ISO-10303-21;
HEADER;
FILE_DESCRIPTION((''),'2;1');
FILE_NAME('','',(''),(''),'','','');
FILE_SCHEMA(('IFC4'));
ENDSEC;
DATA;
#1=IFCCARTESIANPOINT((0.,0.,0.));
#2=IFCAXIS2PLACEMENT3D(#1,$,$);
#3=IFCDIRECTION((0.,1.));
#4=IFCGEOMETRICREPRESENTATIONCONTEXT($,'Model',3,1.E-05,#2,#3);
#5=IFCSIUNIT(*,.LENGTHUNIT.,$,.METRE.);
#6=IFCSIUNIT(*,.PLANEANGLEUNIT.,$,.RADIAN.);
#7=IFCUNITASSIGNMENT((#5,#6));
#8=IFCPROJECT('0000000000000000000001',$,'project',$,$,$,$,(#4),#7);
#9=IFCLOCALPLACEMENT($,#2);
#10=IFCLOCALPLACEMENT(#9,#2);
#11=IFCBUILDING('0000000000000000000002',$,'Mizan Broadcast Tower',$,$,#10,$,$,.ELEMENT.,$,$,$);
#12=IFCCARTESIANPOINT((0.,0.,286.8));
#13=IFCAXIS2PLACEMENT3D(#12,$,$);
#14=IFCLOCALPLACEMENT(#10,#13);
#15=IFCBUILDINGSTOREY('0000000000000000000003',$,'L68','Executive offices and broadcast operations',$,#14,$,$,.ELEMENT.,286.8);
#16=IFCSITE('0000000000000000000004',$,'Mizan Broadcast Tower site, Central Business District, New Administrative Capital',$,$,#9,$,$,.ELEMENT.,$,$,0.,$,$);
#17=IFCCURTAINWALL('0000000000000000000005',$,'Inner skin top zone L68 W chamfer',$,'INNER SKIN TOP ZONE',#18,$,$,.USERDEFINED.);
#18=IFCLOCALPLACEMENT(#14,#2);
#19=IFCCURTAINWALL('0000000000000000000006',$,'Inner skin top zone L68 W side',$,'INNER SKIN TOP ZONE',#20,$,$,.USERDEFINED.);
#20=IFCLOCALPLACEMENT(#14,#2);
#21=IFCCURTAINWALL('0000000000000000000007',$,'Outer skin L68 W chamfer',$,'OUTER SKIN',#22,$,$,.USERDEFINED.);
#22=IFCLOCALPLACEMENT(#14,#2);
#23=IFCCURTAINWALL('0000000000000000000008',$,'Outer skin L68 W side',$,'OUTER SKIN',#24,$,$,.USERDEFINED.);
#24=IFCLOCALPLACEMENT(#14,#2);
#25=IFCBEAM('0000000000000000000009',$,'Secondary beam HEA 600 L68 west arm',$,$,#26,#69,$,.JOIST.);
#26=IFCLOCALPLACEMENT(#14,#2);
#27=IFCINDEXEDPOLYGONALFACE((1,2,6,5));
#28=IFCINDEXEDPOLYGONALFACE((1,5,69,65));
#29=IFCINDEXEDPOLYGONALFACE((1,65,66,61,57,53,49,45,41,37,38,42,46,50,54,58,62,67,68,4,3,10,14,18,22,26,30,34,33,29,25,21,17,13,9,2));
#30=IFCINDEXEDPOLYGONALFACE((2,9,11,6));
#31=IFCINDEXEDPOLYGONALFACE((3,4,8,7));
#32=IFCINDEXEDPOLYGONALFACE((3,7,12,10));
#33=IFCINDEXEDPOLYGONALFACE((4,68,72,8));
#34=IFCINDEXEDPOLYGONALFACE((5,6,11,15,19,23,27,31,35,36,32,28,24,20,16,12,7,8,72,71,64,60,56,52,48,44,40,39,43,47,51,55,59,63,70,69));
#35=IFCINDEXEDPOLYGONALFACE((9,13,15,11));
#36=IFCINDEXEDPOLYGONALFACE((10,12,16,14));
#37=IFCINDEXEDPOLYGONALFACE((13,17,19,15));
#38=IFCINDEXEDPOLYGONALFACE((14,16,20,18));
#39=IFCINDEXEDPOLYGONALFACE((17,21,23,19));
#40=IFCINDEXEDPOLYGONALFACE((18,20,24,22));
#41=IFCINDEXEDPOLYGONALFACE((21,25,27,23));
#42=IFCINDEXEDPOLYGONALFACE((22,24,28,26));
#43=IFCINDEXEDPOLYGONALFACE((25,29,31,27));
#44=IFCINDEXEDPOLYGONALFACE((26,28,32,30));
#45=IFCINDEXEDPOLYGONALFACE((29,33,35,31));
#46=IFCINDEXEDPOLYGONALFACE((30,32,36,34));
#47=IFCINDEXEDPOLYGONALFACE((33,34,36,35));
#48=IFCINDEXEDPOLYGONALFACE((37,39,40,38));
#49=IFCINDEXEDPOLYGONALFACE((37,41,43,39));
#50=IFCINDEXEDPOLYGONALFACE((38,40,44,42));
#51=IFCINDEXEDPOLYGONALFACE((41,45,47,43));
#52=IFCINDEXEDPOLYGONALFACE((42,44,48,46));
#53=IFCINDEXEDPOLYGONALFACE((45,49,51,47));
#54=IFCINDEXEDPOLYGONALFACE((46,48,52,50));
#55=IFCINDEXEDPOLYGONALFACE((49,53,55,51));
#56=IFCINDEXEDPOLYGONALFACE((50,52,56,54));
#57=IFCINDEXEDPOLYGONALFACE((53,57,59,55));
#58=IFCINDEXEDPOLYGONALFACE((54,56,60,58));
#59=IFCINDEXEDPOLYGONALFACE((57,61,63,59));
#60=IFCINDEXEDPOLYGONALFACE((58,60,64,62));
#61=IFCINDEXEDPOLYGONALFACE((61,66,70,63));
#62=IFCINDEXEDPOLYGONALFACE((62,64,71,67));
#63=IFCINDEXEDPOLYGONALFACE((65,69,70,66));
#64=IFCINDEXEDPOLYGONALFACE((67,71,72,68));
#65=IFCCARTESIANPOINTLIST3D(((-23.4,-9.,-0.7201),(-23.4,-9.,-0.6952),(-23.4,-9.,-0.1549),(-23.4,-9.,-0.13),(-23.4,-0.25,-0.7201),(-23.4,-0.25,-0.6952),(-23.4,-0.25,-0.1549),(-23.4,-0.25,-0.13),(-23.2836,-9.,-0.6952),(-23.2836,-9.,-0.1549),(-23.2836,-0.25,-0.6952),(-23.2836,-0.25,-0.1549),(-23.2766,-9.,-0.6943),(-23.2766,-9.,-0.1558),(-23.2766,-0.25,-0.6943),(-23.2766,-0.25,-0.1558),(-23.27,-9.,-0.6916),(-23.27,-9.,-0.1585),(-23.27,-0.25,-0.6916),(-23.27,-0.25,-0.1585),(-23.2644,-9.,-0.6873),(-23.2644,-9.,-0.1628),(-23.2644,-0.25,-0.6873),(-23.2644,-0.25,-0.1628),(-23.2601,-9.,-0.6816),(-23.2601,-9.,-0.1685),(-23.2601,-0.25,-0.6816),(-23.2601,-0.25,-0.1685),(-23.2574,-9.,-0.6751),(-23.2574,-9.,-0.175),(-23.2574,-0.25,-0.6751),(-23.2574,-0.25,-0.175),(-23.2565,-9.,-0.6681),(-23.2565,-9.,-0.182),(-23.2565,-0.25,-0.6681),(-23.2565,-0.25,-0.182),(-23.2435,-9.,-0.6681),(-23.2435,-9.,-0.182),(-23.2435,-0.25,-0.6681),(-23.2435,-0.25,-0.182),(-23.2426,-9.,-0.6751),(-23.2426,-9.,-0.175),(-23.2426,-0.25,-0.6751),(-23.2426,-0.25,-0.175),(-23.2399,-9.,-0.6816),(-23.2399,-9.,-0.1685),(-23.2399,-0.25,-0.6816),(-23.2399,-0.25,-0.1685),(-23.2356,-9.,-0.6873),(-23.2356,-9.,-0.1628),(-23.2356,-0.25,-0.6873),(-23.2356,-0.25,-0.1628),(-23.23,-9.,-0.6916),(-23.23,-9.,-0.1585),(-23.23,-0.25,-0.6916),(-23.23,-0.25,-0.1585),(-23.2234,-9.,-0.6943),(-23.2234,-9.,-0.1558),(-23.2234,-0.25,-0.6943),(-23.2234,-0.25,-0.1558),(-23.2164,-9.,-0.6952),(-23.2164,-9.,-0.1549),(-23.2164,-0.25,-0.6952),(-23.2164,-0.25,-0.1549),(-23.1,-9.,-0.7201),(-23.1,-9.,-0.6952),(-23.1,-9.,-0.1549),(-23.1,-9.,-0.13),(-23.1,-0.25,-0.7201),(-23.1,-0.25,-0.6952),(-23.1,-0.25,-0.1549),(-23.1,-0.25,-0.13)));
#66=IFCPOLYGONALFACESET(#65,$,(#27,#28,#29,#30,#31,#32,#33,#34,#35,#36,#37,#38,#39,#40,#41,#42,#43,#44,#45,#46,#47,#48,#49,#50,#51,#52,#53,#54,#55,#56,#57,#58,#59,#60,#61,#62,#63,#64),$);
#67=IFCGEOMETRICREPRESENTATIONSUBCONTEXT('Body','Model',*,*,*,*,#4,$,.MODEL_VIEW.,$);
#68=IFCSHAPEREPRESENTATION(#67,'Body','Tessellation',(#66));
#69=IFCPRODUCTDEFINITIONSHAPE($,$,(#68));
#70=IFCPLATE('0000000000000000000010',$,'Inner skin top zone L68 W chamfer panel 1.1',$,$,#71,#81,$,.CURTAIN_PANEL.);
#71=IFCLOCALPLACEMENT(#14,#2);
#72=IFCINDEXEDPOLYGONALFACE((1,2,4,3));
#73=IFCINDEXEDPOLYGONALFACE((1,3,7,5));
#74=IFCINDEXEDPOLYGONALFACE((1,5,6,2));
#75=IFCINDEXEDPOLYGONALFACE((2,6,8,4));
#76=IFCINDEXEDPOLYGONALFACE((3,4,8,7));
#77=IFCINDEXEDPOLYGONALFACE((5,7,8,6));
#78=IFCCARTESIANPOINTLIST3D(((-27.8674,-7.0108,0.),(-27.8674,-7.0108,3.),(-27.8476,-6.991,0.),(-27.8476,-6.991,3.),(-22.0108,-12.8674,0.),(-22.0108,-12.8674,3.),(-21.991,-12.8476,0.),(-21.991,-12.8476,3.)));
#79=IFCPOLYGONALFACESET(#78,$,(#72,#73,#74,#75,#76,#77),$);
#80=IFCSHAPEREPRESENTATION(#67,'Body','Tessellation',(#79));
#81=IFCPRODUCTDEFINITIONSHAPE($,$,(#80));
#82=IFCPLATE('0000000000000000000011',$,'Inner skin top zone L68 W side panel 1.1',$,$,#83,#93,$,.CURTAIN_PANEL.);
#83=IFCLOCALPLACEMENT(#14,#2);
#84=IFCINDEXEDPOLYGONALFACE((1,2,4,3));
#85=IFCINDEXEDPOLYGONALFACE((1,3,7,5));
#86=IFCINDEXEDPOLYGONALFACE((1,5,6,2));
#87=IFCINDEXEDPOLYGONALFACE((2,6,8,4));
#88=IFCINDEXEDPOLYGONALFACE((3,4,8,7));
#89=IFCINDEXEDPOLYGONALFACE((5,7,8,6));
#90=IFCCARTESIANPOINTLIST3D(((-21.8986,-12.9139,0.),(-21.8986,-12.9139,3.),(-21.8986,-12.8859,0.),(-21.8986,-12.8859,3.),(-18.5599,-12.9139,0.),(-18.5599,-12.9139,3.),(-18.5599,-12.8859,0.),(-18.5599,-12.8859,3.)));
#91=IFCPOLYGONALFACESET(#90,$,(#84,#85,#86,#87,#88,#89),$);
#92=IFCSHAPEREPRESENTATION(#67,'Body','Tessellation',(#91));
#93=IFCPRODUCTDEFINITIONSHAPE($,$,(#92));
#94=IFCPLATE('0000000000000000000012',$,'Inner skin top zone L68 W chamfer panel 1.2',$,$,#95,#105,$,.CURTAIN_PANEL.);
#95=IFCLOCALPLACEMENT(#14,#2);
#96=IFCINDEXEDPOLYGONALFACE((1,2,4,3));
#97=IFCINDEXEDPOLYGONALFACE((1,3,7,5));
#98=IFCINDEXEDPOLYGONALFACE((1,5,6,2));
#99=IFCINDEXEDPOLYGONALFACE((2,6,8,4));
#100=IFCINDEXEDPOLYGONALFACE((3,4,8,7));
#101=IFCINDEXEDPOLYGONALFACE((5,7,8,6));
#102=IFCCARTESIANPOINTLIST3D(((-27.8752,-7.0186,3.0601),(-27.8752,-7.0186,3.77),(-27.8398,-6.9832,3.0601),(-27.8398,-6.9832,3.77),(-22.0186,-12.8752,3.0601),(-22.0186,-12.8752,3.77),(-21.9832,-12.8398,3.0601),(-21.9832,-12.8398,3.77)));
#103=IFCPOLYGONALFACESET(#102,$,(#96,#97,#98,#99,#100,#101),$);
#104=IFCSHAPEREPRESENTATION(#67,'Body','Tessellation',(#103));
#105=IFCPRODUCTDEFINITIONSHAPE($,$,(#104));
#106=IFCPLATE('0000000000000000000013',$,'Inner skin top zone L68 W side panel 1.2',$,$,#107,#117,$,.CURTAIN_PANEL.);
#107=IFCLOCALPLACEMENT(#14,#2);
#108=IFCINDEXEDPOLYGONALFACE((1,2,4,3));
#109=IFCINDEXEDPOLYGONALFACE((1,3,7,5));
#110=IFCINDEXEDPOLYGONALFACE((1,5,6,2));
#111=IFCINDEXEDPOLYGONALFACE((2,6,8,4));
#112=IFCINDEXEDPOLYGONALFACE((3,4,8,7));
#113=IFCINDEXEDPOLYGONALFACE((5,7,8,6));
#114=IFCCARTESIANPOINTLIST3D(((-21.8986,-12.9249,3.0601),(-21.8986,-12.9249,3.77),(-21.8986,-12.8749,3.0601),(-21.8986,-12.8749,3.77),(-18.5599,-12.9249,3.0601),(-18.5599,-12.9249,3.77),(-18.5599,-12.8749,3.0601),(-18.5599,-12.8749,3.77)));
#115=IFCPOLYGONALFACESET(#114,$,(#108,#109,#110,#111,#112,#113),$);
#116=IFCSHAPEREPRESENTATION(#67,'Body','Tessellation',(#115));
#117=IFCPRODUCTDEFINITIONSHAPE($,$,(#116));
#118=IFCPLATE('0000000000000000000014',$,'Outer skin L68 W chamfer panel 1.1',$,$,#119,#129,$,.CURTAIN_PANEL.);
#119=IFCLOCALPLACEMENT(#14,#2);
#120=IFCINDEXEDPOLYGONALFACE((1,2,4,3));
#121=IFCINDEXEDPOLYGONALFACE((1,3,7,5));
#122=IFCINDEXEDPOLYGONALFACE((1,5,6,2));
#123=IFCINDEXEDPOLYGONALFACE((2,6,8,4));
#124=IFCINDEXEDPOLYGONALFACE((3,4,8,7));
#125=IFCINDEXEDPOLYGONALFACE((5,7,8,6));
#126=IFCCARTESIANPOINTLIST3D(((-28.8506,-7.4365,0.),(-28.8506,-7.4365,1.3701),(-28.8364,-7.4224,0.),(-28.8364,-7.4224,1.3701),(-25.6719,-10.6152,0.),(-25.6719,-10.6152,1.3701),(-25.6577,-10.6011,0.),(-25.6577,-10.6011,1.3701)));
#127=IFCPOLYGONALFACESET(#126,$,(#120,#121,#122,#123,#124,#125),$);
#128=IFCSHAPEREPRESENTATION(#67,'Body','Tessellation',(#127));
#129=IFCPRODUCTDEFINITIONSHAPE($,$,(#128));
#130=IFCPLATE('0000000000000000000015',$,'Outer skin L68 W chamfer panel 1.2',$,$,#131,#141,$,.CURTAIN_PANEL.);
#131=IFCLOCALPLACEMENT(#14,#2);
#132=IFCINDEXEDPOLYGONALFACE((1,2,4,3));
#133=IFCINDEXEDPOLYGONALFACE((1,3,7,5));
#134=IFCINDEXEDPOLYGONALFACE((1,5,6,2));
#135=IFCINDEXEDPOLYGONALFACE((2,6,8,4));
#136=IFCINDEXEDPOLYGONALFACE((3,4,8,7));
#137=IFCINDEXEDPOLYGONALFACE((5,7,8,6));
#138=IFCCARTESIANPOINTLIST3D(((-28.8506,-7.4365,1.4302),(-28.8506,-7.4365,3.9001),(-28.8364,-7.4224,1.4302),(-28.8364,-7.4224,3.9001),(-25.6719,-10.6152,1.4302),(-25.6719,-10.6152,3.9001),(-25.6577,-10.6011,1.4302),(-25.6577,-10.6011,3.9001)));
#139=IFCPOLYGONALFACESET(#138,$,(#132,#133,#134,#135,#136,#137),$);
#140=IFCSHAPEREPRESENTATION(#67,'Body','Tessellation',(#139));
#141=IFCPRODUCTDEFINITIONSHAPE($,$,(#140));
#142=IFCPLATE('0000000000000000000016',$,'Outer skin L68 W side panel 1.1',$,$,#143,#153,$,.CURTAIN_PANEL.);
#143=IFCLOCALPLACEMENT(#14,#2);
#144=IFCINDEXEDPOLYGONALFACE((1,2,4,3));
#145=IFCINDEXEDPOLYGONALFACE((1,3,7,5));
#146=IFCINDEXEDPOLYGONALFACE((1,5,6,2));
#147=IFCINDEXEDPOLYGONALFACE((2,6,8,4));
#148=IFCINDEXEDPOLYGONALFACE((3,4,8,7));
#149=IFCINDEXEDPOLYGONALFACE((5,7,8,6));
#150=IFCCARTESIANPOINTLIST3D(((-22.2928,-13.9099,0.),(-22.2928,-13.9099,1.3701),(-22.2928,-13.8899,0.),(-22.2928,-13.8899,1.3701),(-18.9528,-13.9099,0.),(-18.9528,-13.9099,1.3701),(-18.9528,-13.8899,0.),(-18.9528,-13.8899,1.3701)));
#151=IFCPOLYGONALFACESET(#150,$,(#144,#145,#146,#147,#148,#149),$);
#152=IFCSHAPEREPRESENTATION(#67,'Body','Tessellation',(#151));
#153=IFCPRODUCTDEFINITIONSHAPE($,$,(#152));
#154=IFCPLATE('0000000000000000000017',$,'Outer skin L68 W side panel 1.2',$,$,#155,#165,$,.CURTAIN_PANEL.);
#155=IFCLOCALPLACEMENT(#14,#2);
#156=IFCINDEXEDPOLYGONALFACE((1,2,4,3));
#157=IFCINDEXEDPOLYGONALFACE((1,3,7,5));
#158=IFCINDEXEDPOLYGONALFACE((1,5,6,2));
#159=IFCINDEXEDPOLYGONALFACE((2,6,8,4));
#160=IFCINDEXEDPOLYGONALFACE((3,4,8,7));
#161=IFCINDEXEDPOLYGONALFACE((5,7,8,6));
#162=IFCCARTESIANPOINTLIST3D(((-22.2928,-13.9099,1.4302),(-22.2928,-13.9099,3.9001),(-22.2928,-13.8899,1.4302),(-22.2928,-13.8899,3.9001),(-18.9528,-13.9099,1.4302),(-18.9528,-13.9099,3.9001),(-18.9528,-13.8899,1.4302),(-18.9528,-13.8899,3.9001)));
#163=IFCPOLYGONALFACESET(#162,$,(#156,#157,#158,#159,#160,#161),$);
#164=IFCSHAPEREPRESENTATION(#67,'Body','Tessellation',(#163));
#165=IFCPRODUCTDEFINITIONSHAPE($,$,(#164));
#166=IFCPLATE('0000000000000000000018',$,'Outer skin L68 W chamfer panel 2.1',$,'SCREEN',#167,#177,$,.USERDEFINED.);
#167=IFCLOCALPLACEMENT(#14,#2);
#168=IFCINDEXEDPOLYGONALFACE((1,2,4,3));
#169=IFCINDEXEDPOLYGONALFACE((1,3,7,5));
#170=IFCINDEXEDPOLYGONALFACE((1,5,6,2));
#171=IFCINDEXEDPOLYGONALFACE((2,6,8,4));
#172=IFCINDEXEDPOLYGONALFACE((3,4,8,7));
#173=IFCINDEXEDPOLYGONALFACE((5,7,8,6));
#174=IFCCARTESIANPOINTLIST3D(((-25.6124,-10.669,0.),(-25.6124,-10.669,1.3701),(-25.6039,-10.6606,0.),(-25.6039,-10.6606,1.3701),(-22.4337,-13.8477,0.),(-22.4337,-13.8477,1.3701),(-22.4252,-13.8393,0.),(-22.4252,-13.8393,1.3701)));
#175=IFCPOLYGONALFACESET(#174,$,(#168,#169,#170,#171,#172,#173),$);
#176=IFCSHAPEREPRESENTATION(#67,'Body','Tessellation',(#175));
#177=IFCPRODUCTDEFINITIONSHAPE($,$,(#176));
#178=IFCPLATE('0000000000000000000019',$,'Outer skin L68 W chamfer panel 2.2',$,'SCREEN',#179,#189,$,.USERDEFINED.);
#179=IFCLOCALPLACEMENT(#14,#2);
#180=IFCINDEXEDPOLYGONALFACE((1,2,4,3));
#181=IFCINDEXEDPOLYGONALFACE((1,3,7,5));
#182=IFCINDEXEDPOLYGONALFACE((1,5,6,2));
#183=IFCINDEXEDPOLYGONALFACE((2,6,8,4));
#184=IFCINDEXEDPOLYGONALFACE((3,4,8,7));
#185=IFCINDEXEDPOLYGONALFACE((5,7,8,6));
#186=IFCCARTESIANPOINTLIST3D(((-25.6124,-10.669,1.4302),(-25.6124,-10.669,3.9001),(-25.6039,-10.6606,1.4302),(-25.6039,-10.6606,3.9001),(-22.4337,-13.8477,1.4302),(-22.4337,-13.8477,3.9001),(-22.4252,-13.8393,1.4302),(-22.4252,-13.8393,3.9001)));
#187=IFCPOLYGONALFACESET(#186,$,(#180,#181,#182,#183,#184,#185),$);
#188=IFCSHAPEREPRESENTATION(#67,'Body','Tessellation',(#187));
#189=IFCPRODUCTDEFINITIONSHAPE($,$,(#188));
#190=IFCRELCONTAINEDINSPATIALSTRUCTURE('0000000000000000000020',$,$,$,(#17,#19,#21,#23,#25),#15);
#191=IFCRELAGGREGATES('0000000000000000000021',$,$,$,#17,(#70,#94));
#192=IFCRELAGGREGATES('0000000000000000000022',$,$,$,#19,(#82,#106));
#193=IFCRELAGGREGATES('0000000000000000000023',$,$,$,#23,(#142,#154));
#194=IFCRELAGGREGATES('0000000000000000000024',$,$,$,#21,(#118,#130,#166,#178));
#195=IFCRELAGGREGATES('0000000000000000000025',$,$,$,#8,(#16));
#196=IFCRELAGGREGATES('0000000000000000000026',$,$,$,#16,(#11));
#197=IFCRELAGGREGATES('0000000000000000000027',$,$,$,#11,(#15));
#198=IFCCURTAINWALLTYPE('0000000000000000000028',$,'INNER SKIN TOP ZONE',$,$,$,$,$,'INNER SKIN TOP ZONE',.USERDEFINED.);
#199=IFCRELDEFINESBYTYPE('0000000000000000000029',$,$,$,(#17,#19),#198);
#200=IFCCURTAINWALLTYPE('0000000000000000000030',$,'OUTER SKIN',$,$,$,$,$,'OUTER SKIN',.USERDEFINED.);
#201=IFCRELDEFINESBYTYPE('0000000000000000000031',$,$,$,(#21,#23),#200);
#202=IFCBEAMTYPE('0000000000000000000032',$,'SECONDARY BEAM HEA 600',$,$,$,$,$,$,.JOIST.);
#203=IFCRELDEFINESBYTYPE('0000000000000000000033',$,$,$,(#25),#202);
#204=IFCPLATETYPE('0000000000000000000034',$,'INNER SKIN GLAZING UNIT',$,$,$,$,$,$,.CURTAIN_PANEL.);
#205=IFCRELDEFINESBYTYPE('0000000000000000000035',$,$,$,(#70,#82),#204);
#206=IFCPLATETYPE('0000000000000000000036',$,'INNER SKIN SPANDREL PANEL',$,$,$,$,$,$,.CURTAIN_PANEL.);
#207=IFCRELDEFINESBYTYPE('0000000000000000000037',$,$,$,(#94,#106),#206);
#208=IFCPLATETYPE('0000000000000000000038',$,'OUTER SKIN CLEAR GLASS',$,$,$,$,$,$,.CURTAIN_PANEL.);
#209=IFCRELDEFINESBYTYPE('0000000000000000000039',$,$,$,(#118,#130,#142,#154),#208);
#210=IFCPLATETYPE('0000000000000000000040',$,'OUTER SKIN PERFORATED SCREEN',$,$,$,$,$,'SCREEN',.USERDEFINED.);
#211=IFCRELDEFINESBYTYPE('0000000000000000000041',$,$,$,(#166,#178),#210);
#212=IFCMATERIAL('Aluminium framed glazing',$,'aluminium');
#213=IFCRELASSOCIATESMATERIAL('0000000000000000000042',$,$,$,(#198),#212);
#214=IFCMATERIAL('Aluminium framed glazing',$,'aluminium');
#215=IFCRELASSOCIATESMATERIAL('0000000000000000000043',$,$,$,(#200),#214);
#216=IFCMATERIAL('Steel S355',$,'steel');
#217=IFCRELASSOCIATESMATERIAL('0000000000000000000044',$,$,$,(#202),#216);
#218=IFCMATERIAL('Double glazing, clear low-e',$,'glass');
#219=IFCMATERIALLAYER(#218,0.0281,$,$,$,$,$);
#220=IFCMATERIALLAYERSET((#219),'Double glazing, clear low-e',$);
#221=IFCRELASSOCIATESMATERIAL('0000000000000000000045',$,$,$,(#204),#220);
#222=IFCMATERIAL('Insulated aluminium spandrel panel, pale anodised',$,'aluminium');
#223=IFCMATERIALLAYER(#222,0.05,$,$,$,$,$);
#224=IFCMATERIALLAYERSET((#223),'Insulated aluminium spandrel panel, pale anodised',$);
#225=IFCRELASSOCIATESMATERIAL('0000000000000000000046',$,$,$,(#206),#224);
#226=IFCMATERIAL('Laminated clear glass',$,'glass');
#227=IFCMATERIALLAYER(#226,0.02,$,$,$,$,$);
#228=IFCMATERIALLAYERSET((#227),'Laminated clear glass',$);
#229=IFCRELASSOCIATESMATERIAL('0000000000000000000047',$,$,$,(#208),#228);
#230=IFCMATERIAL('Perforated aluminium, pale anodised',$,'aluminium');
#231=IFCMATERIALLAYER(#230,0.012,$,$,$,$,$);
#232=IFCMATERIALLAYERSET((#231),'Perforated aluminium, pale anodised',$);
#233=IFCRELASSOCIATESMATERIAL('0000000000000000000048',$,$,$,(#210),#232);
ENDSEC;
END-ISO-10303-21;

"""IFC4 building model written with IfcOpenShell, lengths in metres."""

from ifc_helpers import new_model, si_unit, direction, frame, origin, origin_2d, place, context, subcontext, project, spatial, rectangle, i_section, extrude, material, layer, layer_set, material_profile, profile_set, type_object, element, aggregate, save


model = new_model("IFC4")

# Units and contexts
model_context = context("Model", 3, precision=1e-05, world=origin(), true_north=direction((0.0, 1.0)))
body_context = subcontext(model_context, "Body", "Model", "MODEL_VIEW")
ifc_project = project(units=[si_unit("LENGTHUNIT", "METRE"), si_unit("PLANEANGLEUNIT", "RADIAN")], contexts=[model_context])

# Site, building, storey
site_placement = place(None, origin())
site = spatial("IfcSite", under=ifc_project, at=site_placement, Name="Mizan Broadcast Tower site, Central Business District, New Administrative Capital", CompositionType="ELEMENT", RefElevation=0.0)
building_placement = place(site_placement, origin())
building = spatial("IfcBuilding", under=site, at=building_placement, Name="Mizan Broadcast Tower", CompositionType="ELEMENT")
storey_placement = place(building_placement, frame((0.0, 0.0, 286.8)))
storey = spatial("IfcBuildingStorey", under=building, at=storey_placement, Name="L68", Description="Executive offices and broadcast operations", CompositionType="ELEMENT", Elevation=286.8)

# Curtain walls
ifc_material_1 = material(Name="Aluminium framed glazing", Category="aluminium")
curtain_wall_type_1 = type_object("IfcCurtainWallType", Name="INNER SKIN TOP ZONE", ElementType="INNER SKIN TOP ZONE", PredefinedType="USERDEFINED", material=ifc_material_1)
curtain_wall_1_placement = place(storey_placement, origin())
curtain_wall_1 = element("IfcCurtainWall", 1, at=curtain_wall_1_placement, inside=storey, type_object=curtain_wall_type_1, Name="Inner skin top zone L68 W chamfer", ObjectType="INNER SKIN TOP ZONE", PredefinedType="USERDEFINED")
curtain_wall_2_placement = place(storey_placement, origin())
curtain_wall_2 = element("IfcCurtainWall", 2, at=curtain_wall_2_placement, inside=storey, type_object=curtain_wall_type_1, Name="Inner skin top zone L68 W side", ObjectType="INNER SKIN TOP ZONE", PredefinedType="USERDEFINED")

# Curtain wall
ifc_material_2 = material(Name="Aluminium framed glazing", Category="aluminium")
curtain_wall_type_2 = type_object("IfcCurtainWallType", Name="OUTER SKIN", ElementType="OUTER SKIN", PredefinedType="USERDEFINED", material=ifc_material_2)
curtain_wall_3_placement = place(storey_placement, origin())
curtain_wall_3 = element("IfcCurtainWall", 3, at=curtain_wall_3_placement, inside=storey, type_object=curtain_wall_type_2, Name="Outer skin L68 W chamfer", ObjectType="OUTER SKIN", PredefinedType="USERDEFINED")

# Curtain wall
curtain_wall_4_placement = place(storey_placement, origin())
curtain_wall_4 = element("IfcCurtainWall", 4, at=curtain_wall_4_placement, inside=storey, type_object=curtain_wall_type_2, Name="Outer skin L68 W side", ObjectType="OUTER SKIN", PredefinedType="USERDEFINED")

# Beam
ifc_material_3 = material(Name="Steel S355", Category="steel")
ifc_material_profile_1 = material_profile(ifc_material_3, i_section(OverallWidth=0.3, OverallDepth=0.5901, WebThickness=0.0129, FlangeThickness=0.0249, FilletRadius=0.0271, at=origin_2d()), Name="HEA 600")
ifc_profile_set_1 = profile_set([ifc_material_profile_1], Name="Steel S355")
beam_type_1 = type_object("IfcBeamType", Name="SECONDARY BEAM HEA 600", PredefinedType="JOIST", material=ifc_profile_set_1)
beam_1_placement = place(storey_placement, frame((-23.25, -9.0, -0.425), z_axis=(0.0, 1.0, 0.0), x_axis=(-1.0, 0.0, 0.0)))
element("IfcBeam", 5, at=beam_1_placement, inside=storey, type_object=beam_type_1, Name="Secondary beam HEA 600 L68 west arm", PredefinedType="JOIST", context=body_context, shape_type="SweptSolid", body=[
    extrude(i_section(OverallWidth=0.3, OverallDepth=0.5901, WebThickness=0.0129, FlangeThickness=0.0249, FilletRadius=0.0271, at=origin_2d()), origin(), (0.0, 0.0, 1.0), 8.75),
])

# Plates
ifc_material_4 = material(Name="Double glazing, clear low-e", Category="glass")
ifc_layer_1 = layer(ifc_material_4, 0.0281)
ifc_layer_set_1 = layer_set([ifc_layer_1], Name="Double glazing, clear low-e")
plate_type_1 = type_object("IfcPlateType", Name="INNER SKIN GLAZING UNIT", PredefinedType="CURTAIN_PANEL", material=ifc_layer_set_1)
plate_1_placement = place(storey_placement, frame((-24.9292, -9.9292, 0.0), z_axis=(0.0, 0.0, 1.0), x_axis=(0.707107, -0.707107, 0.0)))
plate_1 = element("IfcPlate", 6, at=plate_1_placement, type_object=plate_type_1, Name="Inner skin top zone L68 W chamfer panel 1.1", PredefinedType="CURTAIN_PANEL", context=body_context, shape_type="SweptSolid", body=[
    extrude(rectangle(XDim=8.2825, YDim=0.0281, at=origin_2d()), origin(), (0.0, 0.0, 1.0), 3.0),
])
plate_2_placement = place(storey_placement, frame((-20.2292, -12.8999, 0.0), z_axis=(0.0, 0.0, 1.0), x_axis=(1.0, 0.0, 0.0)))
plate_2 = element("IfcPlate", 7, at=plate_2_placement, type_object=plate_type_1, Name="Inner skin top zone L68 W side panel 1.1", PredefinedType="CURTAIN_PANEL", context=body_context, shape_type="SweptSolid", body=[
    extrude(rectangle(XDim=3.3386, YDim=0.0281, at=origin_2d()), origin(), (0.0, 0.0, 1.0), 3.0),
])
ifc_material_5 = material(Name="Insulated aluminium spandrel panel, pale anodised", Category="aluminium")
ifc_layer_2 = layer(ifc_material_5, 0.05)
ifc_layer_set_2 = layer_set([ifc_layer_2], Name="Insulated aluminium spandrel panel, pale anodised")
plate_type_2 = type_object("IfcPlateType", Name="INNER SKIN SPANDREL PANEL", PredefinedType="CURTAIN_PANEL", material=ifc_layer_set_2)
plate_3_placement = place(storey_placement, frame((-24.9292, -9.9292, 3.0601), z_axis=(0.0, 0.0, 1.0), x_axis=(0.707107, -0.707107, 0.0)))
plate_3 = element("IfcPlate", 8, at=plate_3_placement, type_object=plate_type_2, Name="Inner skin top zone L68 W chamfer panel 1.2", PredefinedType="CURTAIN_PANEL", context=body_context, shape_type="SweptSolid", body=[
    extrude(rectangle(XDim=8.2825, YDim=0.05, at=origin_2d()), origin(), (0.0, 0.0, 1.0), 0.71),
])
aggregate(curtain_wall_1, [plate_1, plate_3])
plate_4_placement = place(storey_placement, frame((-20.2292, -12.8999, 3.0601), z_axis=(0.0, 0.0, 1.0), x_axis=(1.0, 0.0, 0.0)))
plate_4 = element("IfcPlate", 9, at=plate_4_placement, type_object=plate_type_2, Name="Inner skin top zone L68 W side panel 1.2", PredefinedType="CURTAIN_PANEL", context=body_context, shape_type="SweptSolid", body=[
    extrude(rectangle(XDim=3.3386, YDim=0.05, at=origin_2d()), origin(), (0.0, 0.0, 1.0), 0.71),
])
aggregate(curtain_wall_2, [plate_2, plate_4])
ifc_material_6 = material(Name="Laminated clear glass", Category="glass")
ifc_layer_3 = layer(ifc_material_6, 0.02)
ifc_layer_set_3 = layer_set([ifc_layer_3], Name="Laminated clear glass")
plate_type_3 = type_object("IfcPlateType", Name="OUTER SKIN CLEAR GLASS", PredefinedType="CURTAIN_PANEL", material=ifc_layer_set_3)
plate_5_placement = place(storey_placement, frame((-27.2542, -9.0188, 0.0), z_axis=(0.0, 0.0, 1.0), x_axis=(0.707107, -0.707107, 0.0)))
plate_5 = element("IfcPlate", 10, at=plate_5_placement, type_object=plate_type_3, Name="Outer skin L68 W chamfer panel 1.1", PredefinedType="CURTAIN_PANEL", context=body_context, shape_type="SweptSolid", body=[
    extrude(rectangle(XDim=4.4954, YDim=0.02, at=origin_2d()), origin(), (0.0, 0.0, 1.0), 1.3701),
])
plate_6_placement = place(storey_placement, frame((-27.2542, -9.0188, 1.4302), z_axis=(0.0, 0.0, 1.0), x_axis=(0.707107, -0.707107, 0.0)))
plate_6 = element("IfcPlate", 11, at=plate_6_placement, type_object=plate_type_3, Name="Outer skin L68 W chamfer panel 1.2", PredefinedType="CURTAIN_PANEL", context=body_context, shape_type="SweptSolid", body=[
    extrude(rectangle(XDim=4.4954, YDim=0.02, at=origin_2d()), origin(), (0.0, 0.0, 1.0), 2.47),
])
plate_7_placement = place(storey_placement, frame((-20.6228, -13.8999, 0.0), z_axis=(0.0, 0.0, 1.0), x_axis=(1.0, 0.0, 0.0)))
plate_7 = element("IfcPlate", 12, at=plate_7_placement, type_object=plate_type_3, Name="Outer skin L68 W side panel 1.1", PredefinedType="CURTAIN_PANEL", context=body_context, shape_type="SweptSolid", body=[
    extrude(rectangle(XDim=3.3401, YDim=0.02, at=origin_2d()), origin(), (0.0, 0.0, 1.0), 1.3701),
])
plate_8_placement = place(storey_placement, frame((-20.6228, -13.8999, 1.4302), z_axis=(0.0, 0.0, 1.0), x_axis=(1.0, 0.0, 0.0)))
plate_8 = element("IfcPlate", 13, at=plate_8_placement, type_object=plate_type_3, Name="Outer skin L68 W side panel 1.2", PredefinedType="CURTAIN_PANEL", context=body_context, shape_type="SweptSolid", body=[
    extrude(rectangle(XDim=3.3401, YDim=0.02, at=origin_2d()), origin(), (0.0, 0.0, 1.0), 2.47),
])
aggregate(curtain_wall_4, [plate_7, plate_8])
ifc_material_7 = material(Name="Perforated aluminium, pale anodised", Category="aluminium")
ifc_layer_4 = layer(ifc_material_7, 0.012)
ifc_layer_set_4 = layer_set([ifc_layer_4], Name="Perforated aluminium, pale anodised")
plate_type_4 = type_object("IfcPlateType", Name="OUTER SKIN PERFORATED SCREEN", ElementType="SCREEN", PredefinedType="USERDEFINED", material=ifc_layer_set_4)
plate_9_placement = place(storey_placement, frame((-24.0188, -12.2542, 0.0), z_axis=(0.0, 0.0, 1.0), x_axis=(0.707107, -0.707107, 0.0)))
plate_9 = element("IfcPlate", 14, at=plate_9_placement, type_object=plate_type_4, Name="Outer skin L68 W chamfer panel 2.1", ObjectType="SCREEN", PredefinedType="USERDEFINED", context=body_context, shape_type="SweptSolid", body=[
    extrude(rectangle(XDim=4.4954, YDim=0.012, at=origin_2d()), origin(), (0.0, 0.0, 1.0), 1.3701),
])
plate_10_placement = place(storey_placement, frame((-24.0188, -12.2542, 1.4302), z_axis=(0.0, 0.0, 1.0), x_axis=(0.707107, -0.707107, 0.0)))
plate_10 = element("IfcPlate", 15, at=plate_10_placement, type_object=plate_type_4, Name="Outer skin L68 W chamfer panel 2.2", ObjectType="SCREEN", PredefinedType="USERDEFINED", context=body_context, shape_type="SweptSolid", body=[
    extrude(rectangle(XDim=4.4954, YDim=0.012, at=origin_2d()), origin(), (0.0, 0.0, 1.0), 2.47),
])
aggregate(curtain_wall_3, [plate_5, plate_6, plate_9, plate_10])

save(model, "model.ifc")
